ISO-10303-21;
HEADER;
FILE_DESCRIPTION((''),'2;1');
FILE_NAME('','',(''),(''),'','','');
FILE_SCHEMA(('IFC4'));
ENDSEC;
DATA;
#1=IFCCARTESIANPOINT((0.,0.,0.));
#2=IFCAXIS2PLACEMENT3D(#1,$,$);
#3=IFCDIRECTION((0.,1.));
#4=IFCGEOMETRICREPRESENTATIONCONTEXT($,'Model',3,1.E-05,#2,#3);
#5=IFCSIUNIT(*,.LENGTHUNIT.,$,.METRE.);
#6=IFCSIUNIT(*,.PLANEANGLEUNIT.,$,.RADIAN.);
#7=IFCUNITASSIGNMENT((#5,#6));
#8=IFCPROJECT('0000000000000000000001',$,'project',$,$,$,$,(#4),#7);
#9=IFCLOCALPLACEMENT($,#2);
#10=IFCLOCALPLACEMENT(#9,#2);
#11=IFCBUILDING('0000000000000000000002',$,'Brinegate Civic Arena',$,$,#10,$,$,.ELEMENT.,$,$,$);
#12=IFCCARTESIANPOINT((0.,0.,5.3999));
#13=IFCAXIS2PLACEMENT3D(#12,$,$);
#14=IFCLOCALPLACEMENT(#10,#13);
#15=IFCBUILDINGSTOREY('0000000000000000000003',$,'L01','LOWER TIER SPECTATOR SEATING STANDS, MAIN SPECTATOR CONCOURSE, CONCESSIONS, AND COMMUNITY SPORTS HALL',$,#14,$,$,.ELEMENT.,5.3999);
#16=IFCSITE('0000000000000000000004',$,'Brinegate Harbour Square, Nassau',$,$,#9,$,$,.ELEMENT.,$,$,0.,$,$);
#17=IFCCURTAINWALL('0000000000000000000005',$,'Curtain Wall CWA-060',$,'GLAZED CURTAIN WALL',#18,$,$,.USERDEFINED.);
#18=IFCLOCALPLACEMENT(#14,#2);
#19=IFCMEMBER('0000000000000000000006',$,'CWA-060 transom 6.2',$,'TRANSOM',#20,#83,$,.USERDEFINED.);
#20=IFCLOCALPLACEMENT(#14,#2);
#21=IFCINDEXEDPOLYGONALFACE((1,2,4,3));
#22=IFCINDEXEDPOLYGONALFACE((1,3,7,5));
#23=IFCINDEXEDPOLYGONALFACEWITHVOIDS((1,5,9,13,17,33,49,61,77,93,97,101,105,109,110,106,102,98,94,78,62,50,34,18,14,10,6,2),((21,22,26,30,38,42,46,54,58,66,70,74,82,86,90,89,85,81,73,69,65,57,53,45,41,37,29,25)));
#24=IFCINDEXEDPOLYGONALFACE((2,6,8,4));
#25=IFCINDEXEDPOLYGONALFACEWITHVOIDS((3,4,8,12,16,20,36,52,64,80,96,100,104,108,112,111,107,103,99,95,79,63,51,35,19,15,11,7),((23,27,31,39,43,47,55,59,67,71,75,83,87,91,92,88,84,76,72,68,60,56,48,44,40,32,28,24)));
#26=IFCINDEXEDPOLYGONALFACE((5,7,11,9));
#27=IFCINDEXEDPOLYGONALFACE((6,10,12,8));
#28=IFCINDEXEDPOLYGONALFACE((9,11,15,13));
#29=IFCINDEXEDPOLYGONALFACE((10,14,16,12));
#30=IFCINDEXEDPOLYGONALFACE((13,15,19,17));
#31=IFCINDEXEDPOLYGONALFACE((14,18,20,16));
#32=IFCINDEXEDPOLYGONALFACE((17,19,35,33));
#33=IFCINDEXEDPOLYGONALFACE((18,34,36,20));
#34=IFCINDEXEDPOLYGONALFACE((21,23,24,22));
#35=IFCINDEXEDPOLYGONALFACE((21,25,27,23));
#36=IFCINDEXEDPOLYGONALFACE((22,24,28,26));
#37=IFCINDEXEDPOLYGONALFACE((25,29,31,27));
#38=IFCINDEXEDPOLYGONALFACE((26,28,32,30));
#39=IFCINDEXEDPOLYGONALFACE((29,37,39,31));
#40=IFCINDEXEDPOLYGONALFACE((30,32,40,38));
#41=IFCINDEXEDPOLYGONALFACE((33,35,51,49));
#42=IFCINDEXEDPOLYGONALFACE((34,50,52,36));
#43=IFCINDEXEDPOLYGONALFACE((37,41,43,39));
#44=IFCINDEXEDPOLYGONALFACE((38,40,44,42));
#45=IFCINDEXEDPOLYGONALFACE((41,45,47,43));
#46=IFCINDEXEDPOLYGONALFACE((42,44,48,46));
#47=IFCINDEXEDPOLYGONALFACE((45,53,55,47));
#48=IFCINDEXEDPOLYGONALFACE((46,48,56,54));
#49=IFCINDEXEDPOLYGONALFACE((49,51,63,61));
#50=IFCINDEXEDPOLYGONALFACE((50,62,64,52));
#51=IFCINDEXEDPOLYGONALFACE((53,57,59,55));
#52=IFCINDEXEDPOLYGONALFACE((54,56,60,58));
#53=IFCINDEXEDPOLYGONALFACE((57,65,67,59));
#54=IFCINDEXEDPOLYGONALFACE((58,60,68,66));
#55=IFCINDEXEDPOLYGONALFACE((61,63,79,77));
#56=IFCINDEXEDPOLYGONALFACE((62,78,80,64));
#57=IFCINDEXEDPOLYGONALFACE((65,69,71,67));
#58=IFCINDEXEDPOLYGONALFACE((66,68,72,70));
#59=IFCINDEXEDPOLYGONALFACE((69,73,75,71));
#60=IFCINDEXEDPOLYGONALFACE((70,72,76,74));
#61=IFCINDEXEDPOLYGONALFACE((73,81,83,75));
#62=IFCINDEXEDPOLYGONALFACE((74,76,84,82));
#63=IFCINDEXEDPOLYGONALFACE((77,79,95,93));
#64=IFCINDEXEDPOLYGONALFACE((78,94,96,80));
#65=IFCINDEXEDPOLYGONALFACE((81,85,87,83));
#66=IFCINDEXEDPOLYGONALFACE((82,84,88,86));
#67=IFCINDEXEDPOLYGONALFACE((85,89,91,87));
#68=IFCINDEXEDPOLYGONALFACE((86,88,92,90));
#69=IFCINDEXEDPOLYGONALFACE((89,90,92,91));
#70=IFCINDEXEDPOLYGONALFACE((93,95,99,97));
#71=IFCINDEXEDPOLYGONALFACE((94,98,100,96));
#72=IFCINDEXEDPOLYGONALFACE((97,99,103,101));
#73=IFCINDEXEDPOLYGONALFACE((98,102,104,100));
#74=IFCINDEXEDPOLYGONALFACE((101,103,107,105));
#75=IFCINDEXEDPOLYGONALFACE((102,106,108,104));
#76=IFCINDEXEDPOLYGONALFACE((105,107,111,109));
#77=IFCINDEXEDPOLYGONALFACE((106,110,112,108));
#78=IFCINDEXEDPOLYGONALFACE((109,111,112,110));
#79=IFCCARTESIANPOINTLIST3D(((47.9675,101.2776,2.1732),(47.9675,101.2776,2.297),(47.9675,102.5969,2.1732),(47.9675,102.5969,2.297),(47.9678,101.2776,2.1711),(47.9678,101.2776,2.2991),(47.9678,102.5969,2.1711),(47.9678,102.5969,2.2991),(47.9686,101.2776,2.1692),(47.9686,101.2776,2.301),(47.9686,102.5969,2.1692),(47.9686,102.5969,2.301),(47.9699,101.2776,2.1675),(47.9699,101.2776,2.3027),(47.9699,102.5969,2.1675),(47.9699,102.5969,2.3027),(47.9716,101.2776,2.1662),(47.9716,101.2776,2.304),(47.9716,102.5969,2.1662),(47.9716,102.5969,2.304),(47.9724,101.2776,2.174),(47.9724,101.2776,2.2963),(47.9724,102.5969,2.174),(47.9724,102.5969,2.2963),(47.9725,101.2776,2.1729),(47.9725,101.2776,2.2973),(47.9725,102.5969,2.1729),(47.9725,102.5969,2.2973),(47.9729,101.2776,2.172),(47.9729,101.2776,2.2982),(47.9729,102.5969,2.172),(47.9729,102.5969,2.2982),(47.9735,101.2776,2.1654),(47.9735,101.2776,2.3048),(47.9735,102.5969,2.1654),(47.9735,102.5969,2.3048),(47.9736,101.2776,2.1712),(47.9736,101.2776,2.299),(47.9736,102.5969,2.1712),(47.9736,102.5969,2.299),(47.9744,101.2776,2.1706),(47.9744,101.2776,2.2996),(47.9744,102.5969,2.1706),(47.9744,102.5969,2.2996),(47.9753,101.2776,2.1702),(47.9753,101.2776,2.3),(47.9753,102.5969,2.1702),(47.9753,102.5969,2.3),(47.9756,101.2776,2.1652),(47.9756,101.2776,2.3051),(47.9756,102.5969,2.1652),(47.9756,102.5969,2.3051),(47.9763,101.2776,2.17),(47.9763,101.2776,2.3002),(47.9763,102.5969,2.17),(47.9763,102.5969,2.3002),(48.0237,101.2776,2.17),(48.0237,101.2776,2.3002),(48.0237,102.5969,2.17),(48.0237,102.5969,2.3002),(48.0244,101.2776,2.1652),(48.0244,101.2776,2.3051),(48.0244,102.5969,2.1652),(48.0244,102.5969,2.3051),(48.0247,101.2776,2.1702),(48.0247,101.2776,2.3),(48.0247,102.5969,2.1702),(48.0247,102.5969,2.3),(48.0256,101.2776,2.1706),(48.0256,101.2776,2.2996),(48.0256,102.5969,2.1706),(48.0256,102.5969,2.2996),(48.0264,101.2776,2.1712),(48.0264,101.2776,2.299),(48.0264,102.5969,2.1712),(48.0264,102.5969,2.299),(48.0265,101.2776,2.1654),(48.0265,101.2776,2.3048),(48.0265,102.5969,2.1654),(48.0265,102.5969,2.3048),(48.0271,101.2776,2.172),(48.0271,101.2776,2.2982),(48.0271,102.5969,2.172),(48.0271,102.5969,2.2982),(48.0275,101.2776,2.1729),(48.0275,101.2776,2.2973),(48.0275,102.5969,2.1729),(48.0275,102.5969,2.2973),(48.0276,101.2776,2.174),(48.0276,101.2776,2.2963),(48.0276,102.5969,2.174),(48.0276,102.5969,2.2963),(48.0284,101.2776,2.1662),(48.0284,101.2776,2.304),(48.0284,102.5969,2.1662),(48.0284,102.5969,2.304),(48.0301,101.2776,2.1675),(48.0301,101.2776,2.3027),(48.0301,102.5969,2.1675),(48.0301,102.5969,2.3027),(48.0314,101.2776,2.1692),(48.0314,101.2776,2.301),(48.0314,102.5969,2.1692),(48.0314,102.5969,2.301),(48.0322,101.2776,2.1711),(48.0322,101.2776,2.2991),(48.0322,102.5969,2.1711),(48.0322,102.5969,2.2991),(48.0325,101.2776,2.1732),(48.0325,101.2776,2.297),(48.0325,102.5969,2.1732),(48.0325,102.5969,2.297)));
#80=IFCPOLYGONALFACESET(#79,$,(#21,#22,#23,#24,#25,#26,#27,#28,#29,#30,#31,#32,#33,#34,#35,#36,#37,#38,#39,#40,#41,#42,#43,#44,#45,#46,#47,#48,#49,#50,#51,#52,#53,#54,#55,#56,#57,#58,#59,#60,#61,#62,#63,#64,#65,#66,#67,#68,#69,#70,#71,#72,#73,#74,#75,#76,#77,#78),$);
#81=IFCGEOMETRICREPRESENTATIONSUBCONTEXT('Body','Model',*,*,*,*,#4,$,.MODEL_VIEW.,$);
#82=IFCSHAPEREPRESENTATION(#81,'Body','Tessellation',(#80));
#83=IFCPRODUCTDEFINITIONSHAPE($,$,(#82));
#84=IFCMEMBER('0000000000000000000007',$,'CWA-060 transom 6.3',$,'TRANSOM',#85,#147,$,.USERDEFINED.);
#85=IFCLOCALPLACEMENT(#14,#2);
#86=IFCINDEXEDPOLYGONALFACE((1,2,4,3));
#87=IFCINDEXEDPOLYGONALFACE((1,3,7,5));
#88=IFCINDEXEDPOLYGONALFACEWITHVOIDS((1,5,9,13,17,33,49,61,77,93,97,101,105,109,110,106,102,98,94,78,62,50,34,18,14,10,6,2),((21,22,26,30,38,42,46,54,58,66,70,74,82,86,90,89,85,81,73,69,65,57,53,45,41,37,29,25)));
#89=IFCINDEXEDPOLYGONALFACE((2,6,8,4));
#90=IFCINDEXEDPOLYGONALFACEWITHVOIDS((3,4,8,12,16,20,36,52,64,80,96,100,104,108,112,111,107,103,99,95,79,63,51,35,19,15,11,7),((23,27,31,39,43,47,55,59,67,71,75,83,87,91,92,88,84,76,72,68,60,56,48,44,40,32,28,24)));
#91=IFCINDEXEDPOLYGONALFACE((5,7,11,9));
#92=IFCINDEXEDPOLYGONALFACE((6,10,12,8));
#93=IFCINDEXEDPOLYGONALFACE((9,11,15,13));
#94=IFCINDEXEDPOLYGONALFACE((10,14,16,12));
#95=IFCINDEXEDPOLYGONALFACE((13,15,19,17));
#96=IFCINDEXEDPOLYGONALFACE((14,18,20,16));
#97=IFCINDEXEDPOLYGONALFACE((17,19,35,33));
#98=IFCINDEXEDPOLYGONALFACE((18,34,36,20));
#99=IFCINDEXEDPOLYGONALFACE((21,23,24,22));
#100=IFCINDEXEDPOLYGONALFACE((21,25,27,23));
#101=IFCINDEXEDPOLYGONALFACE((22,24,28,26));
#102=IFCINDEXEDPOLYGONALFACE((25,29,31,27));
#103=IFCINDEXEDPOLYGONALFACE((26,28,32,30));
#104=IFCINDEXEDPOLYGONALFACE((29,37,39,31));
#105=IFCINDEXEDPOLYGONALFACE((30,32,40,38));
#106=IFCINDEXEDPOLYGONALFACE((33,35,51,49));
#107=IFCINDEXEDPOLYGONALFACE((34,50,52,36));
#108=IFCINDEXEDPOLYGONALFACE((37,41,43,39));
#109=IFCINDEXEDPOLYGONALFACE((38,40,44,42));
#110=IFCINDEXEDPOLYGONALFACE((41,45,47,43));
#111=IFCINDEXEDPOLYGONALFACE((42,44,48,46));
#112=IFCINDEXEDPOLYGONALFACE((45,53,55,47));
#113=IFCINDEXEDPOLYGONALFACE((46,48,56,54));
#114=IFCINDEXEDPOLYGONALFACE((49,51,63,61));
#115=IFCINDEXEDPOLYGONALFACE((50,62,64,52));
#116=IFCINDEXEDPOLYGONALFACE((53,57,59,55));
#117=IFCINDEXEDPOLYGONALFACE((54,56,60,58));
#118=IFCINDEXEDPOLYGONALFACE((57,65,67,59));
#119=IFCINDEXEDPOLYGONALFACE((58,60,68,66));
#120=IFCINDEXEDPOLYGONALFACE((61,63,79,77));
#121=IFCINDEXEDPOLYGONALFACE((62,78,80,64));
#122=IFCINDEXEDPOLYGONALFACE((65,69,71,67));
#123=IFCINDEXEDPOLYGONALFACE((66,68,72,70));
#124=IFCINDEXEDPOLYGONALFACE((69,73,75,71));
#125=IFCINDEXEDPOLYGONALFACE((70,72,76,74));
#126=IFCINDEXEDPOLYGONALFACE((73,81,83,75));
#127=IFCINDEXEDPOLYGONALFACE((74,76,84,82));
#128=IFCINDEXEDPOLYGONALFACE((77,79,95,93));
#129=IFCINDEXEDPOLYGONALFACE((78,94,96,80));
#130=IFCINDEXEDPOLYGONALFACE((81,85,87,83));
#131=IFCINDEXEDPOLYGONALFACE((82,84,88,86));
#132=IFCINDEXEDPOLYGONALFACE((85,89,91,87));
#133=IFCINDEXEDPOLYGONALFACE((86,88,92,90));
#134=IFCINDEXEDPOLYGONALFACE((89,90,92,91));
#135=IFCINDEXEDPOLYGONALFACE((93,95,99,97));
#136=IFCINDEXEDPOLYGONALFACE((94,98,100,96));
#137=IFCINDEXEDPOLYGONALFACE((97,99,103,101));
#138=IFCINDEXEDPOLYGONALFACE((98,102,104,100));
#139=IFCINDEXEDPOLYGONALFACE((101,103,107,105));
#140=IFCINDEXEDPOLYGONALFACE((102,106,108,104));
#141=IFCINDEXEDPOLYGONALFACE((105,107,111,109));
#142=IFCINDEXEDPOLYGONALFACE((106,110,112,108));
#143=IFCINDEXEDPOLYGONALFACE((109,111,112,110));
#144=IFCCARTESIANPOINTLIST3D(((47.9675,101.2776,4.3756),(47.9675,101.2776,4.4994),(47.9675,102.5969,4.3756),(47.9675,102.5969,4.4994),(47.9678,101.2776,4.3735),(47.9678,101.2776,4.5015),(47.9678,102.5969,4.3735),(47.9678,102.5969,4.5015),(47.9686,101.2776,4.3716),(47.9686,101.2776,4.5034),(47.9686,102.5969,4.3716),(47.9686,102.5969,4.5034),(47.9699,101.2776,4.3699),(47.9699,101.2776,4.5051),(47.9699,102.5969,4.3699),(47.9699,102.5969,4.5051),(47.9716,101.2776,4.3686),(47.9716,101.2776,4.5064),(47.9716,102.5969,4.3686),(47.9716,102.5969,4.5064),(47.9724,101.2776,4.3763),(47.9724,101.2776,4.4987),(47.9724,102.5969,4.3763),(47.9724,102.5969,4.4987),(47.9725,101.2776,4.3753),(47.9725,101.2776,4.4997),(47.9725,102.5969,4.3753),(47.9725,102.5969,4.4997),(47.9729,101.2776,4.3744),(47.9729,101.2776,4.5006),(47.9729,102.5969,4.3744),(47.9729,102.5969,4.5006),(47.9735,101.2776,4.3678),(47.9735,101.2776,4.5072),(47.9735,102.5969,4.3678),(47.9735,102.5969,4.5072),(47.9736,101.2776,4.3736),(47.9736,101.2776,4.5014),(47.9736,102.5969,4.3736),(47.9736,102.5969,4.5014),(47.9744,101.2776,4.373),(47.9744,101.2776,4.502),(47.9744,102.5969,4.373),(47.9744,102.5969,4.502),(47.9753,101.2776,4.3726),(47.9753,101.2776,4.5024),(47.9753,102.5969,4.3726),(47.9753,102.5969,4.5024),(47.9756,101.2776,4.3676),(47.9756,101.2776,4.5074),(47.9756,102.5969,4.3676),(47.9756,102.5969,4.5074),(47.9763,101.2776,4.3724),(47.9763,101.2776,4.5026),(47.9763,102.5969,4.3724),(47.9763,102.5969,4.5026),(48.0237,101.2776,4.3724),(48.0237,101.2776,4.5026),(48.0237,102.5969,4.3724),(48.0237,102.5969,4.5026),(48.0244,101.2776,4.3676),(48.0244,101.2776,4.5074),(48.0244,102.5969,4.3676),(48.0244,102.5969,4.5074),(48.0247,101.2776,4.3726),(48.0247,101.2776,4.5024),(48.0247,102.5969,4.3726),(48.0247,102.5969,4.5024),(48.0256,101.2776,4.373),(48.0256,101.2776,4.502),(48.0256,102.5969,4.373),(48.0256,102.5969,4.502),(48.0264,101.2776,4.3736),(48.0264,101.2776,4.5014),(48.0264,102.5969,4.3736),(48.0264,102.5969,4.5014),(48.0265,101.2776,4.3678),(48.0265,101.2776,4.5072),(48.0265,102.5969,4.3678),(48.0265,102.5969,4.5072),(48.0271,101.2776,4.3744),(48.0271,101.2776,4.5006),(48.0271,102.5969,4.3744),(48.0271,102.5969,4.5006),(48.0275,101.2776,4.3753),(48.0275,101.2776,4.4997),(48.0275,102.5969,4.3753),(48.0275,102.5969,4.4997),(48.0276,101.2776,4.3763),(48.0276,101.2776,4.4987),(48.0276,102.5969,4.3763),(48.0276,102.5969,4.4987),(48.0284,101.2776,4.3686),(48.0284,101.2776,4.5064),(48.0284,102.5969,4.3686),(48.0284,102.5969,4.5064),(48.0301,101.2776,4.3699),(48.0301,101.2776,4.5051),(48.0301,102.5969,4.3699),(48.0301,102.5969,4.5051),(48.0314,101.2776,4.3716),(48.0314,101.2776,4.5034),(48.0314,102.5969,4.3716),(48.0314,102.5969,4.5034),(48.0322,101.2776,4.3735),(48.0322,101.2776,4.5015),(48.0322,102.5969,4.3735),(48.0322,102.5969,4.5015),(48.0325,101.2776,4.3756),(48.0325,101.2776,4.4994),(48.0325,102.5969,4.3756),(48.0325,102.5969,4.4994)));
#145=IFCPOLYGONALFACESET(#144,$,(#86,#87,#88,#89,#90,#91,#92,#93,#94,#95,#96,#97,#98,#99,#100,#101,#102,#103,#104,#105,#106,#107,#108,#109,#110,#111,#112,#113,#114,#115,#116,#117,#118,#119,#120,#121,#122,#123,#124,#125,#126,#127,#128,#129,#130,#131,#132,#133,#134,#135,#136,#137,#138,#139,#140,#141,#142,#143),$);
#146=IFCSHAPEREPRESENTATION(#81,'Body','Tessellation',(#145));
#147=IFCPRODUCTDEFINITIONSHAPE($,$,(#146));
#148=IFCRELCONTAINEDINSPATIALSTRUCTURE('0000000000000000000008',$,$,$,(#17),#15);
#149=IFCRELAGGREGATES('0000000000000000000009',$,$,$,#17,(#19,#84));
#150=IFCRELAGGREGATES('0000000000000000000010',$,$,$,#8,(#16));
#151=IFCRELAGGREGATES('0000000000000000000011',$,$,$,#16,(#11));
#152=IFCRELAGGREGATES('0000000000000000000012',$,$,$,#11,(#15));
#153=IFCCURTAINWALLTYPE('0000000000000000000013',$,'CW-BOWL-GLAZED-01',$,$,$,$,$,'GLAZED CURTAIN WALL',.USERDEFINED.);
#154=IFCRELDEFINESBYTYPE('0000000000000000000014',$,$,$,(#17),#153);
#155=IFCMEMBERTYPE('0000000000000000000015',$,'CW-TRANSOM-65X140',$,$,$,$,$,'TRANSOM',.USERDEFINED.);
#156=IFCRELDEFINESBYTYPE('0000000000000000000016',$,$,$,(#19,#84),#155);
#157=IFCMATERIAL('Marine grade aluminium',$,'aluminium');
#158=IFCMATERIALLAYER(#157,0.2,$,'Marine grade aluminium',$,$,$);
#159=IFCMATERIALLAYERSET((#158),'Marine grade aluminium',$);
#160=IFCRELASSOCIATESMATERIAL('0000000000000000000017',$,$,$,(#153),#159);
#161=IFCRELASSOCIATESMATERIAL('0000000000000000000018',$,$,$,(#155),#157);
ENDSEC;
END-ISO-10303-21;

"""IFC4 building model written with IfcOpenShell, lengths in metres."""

from ifc_helpers import new_model, si_unit, direction, frame, origin, origin_2d, place, context, subcontext, project, spatial, hollow_rectangle, extrude, material, layer, layer_set, material_profile, profile_set, type_object, element, aggregate, save


model = new_model("IFC4")

# Units and contexts
model_context = context("Model", 3, precision=1e-05, world=origin(), true_north=direction((0.0, 1.0)))
body_context = subcontext(model_context, "Body", "Model", "MODEL_VIEW")
ifc_project = project(units=[si_unit("LENGTHUNIT", "METRE"), si_unit("PLANEANGLEUNIT", "RADIAN")], contexts=[model_context])

# Site, building, storey
site_placement = place(None, origin())
site = spatial("IfcSite", under=ifc_project, at=site_placement, Name="Brinegate Harbour Square, Nassau", CompositionType="ELEMENT", RefElevation=0.0)
building_placement = place(site_placement, origin())
building = spatial("IfcBuilding", under=site, at=building_placement, Name="Brinegate Civic Arena", CompositionType="ELEMENT")
storey_placement = place(building_placement, frame((0.0, 0.0, 5.3999)))
storey = spatial("IfcBuildingStorey", under=building, at=storey_placement, Name="L01", Description="LOWER TIER SPECTATOR SEATING STANDS, MAIN SPECTATOR CONCOURSE, CONCESSIONS, AND COMMUNITY SPORTS HALL", CompositionType="ELEMENT", Elevation=5.3999)

# Curtain wall, members
ifc_material_1 = material(Name="Marine grade aluminium", Category="aluminium")
ifc_layer_1 = layer(ifc_material_1, 0.2, Name="Marine grade aluminium")
ifc_layer_set_1 = layer_set([ifc_layer_1], Name="Marine grade aluminium")
curtain_wall_type = type_object("IfcCurtainWallType", Name="CW-BOWL-GLAZED-01", ElementType="GLAZED CURTAIN WALL", PredefinedType="USERDEFINED", material=ifc_layer_set_1)
curtain_wall_1_placement = place(storey_placement, origin())
curtain_wall_1 = element("IfcCurtainWall", 1, at=curtain_wall_1_placement, inside=storey, type_object=curtain_wall_type, Name="Curtain Wall CWA-060", ObjectType="GLAZED CURTAIN WALL", PredefinedType="USERDEFINED")
ifc_material_profile_1 = material_profile(ifc_material_1, hollow_rectangle(XDim=0.0649, YDim=0.1399, WallThickness=0.0049, InnerFilletRadius=0.0039, OuterFilletRadius=0.0081, at=origin_2d()), Name="TRN65X140")
ifc_profile_set_1 = profile_set([ifc_material_profile_1], Name="Marine grade aluminium")
member_type_1 = type_object("IfcMemberType", Name="CW-TRANSOM-65X140", ElementType="TRANSOM", PredefinedType="USERDEFINED", material=ifc_profile_set_1)
member_1_placement = place(storey_placement, frame((48.0, 101.2776, 2.2351), z_axis=(0.0, 1.0, 0.0), x_axis=(-1.0, 0.0, 0.0)))
member_1 = element("IfcMember", 2, at=member_1_placement, type_object=member_type_1, Name="CWA-060 transom 6.2", ObjectType="TRANSOM", PredefinedType="USERDEFINED", context=body_context, shape_type="SweptSolid", body=[
    extrude(hollow_rectangle(XDim=0.0649, YDim=0.1399, WallThickness=0.0049, InnerFilletRadius=0.0039, OuterFilletRadius=0.0081, at=origin_2d()), origin(), (0.0, 0.0, 1.0), 1.3193),
])
member_2_placement = place(storey_placement, frame((48.0, 101.2776, 4.4375), z_axis=(0.0, 1.0, 0.0), x_axis=(-1.0, 0.0, 0.0)))
member_2 = element("IfcMember", 3, at=member_2_placement, type_object=member_type_1, Name="CWA-060 transom 6.3", ObjectType="TRANSOM", PredefinedType="USERDEFINED", context=body_context, shape_type="SweptSolid", body=[
    extrude(hollow_rectangle(XDim=0.0649, YDim=0.1399, WallThickness=0.0049, InnerFilletRadius=0.0039, OuterFilletRadius=0.0081, at=origin_2d()), origin(), (0.0, 0.0, 1.0), 1.3193),
])

aggregate(curtain_wall_1, [member_1, member_2])

save(model, "model.ifc")
